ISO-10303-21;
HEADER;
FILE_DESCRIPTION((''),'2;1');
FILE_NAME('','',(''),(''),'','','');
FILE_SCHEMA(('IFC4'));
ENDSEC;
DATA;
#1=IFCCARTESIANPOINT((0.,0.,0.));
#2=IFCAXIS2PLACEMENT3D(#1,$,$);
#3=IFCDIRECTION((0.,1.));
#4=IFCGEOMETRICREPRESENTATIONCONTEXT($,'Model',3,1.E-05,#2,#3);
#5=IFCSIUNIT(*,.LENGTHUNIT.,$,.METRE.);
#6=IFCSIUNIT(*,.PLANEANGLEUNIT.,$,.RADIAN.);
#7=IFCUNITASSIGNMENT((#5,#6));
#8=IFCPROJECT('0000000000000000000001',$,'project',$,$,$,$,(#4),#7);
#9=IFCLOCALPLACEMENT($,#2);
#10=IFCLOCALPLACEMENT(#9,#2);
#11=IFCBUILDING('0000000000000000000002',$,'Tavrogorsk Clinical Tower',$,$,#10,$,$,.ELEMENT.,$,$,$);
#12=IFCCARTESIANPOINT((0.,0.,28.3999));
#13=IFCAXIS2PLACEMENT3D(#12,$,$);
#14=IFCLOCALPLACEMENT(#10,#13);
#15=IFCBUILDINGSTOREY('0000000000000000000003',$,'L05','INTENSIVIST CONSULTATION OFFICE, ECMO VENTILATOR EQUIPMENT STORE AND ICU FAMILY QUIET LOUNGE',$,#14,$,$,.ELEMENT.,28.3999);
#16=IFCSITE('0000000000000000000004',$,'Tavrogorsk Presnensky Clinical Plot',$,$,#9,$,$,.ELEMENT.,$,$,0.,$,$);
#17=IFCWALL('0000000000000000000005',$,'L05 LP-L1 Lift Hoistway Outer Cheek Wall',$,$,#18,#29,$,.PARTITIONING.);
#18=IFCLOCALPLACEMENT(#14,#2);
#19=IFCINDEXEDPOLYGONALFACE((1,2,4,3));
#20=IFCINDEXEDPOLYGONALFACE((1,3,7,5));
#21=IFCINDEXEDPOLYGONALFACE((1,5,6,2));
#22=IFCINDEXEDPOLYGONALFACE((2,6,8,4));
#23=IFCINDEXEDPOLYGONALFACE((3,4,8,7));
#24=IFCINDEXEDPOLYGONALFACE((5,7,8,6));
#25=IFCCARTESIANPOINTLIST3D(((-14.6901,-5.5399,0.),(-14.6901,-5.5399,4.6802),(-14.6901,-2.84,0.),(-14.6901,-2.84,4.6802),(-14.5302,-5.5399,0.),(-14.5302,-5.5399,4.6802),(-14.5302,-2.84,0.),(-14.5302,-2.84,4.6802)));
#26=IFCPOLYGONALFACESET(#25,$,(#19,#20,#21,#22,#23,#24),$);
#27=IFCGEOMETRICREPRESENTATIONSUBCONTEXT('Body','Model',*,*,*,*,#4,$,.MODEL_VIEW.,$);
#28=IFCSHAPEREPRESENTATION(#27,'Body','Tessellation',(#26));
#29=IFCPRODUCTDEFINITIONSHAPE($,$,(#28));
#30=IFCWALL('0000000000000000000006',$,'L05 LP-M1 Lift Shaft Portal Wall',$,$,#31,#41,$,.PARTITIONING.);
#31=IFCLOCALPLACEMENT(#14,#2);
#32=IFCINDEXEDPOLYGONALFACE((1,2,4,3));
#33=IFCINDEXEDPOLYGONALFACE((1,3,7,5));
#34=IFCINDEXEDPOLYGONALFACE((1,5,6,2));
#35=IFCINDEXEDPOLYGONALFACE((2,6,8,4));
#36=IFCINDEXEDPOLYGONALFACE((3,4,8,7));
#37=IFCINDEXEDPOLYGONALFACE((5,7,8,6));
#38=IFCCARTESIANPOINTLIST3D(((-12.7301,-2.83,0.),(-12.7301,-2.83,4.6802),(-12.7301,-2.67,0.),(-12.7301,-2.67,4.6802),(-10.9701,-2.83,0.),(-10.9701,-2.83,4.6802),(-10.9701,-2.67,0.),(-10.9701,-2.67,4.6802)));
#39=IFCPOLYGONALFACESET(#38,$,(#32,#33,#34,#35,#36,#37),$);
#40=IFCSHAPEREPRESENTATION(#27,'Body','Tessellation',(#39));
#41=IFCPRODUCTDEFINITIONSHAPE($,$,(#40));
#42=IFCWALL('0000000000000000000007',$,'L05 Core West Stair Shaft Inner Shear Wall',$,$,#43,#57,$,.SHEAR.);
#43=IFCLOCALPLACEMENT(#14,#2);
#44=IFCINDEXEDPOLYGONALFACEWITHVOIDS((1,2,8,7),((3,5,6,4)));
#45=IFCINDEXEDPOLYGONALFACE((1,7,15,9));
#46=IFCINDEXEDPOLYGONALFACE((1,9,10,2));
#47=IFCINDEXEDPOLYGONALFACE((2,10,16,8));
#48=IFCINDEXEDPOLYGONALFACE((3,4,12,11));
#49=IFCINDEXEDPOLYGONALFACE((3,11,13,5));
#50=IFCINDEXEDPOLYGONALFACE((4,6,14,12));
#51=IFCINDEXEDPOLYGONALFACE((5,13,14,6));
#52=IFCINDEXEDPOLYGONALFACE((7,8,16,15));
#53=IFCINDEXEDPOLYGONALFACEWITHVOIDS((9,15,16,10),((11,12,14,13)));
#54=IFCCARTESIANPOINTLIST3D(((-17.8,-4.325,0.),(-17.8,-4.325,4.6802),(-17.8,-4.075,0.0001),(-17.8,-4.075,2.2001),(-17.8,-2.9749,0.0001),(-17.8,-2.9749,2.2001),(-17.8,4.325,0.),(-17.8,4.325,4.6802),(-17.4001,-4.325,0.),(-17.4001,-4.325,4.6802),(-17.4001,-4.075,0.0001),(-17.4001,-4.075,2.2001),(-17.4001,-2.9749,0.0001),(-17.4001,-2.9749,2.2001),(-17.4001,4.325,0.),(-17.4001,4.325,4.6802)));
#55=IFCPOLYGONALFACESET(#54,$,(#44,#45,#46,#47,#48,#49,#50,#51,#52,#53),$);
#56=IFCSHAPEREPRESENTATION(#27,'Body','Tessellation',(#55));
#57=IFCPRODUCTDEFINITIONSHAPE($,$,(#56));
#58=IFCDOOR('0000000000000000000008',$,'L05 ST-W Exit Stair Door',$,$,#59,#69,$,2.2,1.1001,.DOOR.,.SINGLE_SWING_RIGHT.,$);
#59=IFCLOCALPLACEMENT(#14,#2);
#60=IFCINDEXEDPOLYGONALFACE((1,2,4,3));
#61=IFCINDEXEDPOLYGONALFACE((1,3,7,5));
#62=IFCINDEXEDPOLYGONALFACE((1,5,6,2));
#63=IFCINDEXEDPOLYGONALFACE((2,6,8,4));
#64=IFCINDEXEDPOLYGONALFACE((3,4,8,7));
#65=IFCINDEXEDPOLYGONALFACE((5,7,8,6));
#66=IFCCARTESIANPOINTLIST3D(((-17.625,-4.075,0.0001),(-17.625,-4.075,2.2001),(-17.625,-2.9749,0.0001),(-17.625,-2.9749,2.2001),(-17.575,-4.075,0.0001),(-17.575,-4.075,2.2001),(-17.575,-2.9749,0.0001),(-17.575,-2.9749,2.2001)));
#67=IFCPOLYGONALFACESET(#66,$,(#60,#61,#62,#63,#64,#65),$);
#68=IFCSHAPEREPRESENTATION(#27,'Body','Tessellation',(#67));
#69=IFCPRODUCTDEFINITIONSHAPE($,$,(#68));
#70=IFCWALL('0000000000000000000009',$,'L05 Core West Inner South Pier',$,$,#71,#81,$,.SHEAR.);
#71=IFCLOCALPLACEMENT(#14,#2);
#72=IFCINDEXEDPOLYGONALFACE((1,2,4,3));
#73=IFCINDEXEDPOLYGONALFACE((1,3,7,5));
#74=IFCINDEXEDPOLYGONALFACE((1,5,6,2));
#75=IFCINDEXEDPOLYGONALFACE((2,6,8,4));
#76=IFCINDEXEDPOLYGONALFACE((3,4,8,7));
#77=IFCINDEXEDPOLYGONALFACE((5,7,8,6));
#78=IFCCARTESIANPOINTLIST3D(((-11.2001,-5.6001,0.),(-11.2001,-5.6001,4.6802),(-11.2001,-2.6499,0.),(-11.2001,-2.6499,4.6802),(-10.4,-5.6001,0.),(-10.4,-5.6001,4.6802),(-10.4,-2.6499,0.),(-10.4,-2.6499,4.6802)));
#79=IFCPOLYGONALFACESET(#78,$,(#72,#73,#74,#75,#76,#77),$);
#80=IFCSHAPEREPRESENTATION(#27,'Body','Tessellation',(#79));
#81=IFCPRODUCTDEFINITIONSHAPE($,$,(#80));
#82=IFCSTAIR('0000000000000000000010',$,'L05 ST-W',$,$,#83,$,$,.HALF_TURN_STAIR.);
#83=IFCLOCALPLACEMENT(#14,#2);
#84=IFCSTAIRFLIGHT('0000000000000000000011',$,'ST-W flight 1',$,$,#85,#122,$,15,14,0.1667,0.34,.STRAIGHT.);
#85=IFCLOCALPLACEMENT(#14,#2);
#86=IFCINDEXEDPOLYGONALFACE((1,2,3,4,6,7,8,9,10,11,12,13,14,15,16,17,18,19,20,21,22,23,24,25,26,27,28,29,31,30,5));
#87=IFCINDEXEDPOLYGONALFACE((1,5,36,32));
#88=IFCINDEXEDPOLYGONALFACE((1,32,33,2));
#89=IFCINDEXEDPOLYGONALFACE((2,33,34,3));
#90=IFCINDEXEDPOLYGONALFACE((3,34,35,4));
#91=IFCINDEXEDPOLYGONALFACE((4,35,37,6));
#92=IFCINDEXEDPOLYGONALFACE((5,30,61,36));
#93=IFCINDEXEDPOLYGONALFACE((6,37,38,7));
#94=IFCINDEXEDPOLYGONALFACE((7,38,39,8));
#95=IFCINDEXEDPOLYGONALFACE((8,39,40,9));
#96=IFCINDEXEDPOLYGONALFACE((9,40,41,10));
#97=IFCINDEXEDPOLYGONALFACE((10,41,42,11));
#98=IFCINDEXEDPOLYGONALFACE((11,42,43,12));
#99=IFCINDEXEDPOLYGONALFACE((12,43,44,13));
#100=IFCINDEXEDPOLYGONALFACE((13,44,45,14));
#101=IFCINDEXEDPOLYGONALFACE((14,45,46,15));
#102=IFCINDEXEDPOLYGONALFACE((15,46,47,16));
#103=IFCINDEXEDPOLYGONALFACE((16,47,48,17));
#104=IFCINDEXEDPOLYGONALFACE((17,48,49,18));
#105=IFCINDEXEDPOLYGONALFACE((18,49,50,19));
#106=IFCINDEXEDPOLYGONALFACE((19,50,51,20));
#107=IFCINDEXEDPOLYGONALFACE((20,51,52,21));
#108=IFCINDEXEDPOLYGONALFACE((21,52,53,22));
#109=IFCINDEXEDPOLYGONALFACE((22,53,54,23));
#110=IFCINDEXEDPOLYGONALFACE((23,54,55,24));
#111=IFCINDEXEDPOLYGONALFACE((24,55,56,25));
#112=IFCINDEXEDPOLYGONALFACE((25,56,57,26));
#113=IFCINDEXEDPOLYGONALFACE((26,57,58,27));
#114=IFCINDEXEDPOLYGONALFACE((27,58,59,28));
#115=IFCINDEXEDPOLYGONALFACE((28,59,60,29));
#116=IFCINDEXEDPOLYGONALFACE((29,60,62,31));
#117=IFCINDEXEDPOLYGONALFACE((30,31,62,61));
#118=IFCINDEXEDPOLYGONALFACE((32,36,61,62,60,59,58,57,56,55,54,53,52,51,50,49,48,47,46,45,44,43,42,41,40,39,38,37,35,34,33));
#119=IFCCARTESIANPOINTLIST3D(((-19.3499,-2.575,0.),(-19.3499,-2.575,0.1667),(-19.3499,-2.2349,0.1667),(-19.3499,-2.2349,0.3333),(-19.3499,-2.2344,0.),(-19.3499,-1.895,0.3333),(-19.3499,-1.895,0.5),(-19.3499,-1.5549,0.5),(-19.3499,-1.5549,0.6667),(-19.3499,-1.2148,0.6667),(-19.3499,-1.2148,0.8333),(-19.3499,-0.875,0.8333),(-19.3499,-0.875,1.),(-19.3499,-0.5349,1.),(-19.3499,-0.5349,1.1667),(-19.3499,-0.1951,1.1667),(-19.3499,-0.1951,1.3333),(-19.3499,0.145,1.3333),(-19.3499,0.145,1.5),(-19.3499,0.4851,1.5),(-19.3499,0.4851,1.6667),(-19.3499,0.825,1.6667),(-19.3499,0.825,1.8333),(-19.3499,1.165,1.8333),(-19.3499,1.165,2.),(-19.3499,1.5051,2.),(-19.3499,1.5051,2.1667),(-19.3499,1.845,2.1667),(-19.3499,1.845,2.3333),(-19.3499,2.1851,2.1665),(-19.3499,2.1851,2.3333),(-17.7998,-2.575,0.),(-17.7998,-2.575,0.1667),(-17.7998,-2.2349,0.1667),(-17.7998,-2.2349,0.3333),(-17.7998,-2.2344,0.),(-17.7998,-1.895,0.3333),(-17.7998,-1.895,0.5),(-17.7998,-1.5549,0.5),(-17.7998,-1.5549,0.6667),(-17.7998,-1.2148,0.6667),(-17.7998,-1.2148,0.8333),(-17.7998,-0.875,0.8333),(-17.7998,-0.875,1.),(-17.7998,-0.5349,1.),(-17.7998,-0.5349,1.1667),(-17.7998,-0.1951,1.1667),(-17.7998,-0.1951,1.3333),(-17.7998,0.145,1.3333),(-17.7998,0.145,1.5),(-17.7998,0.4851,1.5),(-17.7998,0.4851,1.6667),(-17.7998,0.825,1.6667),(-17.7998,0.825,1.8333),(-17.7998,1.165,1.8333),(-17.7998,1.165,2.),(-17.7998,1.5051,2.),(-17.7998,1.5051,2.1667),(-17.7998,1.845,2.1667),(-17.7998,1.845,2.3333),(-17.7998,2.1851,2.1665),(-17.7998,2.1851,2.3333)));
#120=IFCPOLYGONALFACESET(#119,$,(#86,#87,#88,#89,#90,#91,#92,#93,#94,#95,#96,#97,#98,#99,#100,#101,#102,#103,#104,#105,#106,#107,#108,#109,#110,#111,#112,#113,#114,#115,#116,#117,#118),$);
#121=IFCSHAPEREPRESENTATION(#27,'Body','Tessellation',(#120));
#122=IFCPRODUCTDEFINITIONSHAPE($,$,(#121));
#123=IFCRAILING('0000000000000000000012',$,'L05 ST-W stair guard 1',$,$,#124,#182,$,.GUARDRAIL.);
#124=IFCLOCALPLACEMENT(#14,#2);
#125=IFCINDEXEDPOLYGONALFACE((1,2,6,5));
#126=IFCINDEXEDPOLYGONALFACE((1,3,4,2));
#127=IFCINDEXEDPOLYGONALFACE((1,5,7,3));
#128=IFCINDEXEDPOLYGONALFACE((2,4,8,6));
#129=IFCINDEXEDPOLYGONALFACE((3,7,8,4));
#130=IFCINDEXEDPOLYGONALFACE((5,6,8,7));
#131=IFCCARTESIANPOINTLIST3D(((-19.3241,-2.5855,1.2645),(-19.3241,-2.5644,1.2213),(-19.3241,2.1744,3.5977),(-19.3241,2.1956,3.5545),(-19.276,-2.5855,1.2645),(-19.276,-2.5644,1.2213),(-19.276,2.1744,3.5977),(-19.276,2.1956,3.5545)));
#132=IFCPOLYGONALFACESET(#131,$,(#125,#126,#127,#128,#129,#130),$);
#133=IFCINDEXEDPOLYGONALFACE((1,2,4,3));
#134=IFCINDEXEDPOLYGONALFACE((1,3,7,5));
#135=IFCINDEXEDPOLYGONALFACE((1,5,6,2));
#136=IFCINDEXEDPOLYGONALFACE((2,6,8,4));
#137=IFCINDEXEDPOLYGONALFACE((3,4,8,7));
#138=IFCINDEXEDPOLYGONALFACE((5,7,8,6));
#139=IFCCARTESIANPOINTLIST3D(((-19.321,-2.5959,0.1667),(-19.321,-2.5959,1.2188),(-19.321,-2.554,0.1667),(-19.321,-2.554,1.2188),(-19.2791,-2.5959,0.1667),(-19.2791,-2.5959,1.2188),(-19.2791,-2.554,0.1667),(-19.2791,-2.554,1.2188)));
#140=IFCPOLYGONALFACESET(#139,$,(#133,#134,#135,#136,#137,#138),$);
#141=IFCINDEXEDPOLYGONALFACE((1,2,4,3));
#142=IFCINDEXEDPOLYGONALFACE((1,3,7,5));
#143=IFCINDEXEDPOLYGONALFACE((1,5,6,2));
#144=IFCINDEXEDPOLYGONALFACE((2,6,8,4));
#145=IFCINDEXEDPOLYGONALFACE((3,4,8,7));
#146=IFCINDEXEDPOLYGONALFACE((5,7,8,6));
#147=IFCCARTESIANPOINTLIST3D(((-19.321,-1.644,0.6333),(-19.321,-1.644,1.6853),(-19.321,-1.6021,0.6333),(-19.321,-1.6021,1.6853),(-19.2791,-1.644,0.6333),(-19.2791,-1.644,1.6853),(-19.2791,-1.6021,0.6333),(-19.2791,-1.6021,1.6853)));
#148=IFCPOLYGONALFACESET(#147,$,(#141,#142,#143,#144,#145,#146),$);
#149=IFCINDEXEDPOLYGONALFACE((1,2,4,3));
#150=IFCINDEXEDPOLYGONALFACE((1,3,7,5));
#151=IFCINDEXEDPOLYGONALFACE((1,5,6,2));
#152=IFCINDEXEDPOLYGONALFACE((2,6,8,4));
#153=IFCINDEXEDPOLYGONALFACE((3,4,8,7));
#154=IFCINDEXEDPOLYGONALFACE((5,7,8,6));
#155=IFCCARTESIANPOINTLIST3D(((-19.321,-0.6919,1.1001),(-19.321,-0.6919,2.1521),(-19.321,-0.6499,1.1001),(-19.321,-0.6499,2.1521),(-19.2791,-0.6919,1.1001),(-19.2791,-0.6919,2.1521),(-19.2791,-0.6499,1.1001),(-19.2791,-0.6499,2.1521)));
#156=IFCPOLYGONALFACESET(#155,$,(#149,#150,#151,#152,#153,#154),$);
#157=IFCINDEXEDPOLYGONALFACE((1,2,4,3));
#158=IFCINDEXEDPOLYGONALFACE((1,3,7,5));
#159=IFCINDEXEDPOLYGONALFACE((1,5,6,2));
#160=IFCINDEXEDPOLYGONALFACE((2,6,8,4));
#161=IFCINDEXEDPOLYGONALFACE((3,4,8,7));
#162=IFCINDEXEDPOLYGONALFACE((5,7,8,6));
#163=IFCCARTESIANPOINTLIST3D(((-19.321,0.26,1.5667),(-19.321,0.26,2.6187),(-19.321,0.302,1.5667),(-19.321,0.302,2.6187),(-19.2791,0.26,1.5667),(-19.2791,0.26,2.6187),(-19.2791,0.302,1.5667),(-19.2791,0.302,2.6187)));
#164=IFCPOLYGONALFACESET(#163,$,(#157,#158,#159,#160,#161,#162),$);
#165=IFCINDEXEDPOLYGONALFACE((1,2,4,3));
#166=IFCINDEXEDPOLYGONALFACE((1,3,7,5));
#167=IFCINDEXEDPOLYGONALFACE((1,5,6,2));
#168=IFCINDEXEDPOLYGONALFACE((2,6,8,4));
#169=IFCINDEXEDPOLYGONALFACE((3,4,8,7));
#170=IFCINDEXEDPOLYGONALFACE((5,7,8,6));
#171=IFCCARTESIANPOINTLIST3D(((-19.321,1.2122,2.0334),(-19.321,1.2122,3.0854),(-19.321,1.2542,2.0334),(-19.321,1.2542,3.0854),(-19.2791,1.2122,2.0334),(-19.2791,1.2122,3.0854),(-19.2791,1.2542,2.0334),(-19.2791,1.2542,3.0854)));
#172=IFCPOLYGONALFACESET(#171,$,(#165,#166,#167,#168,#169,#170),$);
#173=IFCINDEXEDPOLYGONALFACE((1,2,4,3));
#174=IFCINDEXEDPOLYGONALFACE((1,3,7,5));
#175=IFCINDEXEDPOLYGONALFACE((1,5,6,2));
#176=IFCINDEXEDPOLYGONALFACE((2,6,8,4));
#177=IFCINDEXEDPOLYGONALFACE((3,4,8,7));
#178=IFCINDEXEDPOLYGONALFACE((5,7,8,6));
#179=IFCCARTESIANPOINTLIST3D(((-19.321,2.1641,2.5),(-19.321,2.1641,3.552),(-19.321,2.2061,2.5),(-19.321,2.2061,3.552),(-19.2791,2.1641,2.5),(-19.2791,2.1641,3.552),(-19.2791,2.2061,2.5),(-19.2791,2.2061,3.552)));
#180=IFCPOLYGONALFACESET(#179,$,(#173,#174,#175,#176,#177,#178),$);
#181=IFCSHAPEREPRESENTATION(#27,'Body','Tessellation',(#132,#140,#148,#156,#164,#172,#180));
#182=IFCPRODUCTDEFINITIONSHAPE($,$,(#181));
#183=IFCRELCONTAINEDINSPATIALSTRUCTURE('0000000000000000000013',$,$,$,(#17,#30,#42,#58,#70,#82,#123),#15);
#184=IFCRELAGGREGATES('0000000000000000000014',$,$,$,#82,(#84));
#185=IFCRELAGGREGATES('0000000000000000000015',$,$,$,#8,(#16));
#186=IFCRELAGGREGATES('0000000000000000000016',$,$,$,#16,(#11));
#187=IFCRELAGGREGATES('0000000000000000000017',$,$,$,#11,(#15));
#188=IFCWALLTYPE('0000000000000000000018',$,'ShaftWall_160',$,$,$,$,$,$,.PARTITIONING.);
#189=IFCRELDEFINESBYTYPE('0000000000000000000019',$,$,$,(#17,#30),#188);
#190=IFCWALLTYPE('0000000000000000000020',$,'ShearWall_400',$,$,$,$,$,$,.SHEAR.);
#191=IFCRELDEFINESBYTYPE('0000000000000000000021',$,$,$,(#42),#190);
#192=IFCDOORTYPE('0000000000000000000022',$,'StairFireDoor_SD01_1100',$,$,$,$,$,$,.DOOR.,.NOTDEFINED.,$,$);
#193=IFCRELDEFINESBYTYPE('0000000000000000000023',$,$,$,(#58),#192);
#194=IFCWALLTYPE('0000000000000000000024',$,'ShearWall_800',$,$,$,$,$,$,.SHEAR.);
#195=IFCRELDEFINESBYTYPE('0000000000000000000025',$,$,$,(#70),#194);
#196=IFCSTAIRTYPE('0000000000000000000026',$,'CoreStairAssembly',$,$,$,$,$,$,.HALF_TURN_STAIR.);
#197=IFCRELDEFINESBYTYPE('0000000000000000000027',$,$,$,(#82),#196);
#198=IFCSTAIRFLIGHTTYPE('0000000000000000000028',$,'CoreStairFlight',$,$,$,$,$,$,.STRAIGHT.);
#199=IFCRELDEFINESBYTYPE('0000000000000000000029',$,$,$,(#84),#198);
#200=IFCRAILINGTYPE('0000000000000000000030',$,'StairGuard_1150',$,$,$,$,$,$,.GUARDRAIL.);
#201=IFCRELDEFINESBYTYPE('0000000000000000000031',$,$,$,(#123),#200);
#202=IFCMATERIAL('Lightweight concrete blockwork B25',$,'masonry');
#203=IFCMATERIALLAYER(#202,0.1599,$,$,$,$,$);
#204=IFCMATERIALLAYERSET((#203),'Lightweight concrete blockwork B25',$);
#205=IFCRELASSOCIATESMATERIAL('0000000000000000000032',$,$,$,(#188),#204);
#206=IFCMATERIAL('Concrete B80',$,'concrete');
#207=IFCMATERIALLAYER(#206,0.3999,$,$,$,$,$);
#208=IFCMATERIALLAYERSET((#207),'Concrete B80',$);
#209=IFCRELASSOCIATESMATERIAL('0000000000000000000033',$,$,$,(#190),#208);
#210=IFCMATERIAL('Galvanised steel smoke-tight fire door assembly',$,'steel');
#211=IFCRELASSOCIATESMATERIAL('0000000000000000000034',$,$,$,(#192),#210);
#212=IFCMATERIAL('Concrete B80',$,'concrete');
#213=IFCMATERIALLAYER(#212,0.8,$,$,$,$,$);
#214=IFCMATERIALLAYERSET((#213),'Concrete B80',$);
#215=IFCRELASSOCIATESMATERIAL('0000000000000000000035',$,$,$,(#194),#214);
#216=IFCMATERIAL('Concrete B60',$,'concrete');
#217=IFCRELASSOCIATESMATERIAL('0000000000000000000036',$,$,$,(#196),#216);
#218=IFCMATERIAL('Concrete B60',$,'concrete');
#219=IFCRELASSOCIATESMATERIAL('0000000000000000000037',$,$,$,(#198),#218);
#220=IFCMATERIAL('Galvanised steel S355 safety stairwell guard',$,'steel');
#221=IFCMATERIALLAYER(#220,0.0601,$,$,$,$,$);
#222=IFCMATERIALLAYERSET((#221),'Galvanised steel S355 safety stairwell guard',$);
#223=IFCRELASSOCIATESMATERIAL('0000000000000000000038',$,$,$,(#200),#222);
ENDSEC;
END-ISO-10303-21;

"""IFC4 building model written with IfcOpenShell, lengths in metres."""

from ifc_helpers import new_model, si_unit, direction, frame, frame_2d, origin, origin_2d, place, context, subcontext, project, spatial, polyline, rectangle, outline, extrude, material, layer, layer_set, type_object, element, fill, aggregate, save


model = new_model("IFC4")

# Units and contexts
model_context = context("Model", 3, precision=1e-05, world=origin(), true_north=direction((0.0, 1.0)))
body_context = subcontext(model_context, "Body", "Model", "MODEL_VIEW")
ifc_project = project(units=[si_unit("LENGTHUNIT", "METRE"), si_unit("PLANEANGLEUNIT", "RADIAN")], contexts=[model_context])

# Site, building, storey
site_placement = place(None, origin())
site = spatial("IfcSite", under=ifc_project, at=site_placement, Name="Tavrogorsk Presnensky Clinical Plot", CompositionType="ELEMENT", RefElevation=0.0)
building_placement = place(site_placement, origin())
building = spatial("IfcBuilding", under=site, at=building_placement, Name="Tavrogorsk Clinical Tower", CompositionType="ELEMENT")
storey_placement = place(building_placement, frame((0.0, 0.0, 28.3999)))
storey = spatial("IfcBuildingStorey", under=building, at=storey_placement, Name="L05", Description="INTENSIVIST CONSULTATION OFFICE, ECMO VENTILATOR EQUIPMENT STORE AND ICU FAMILY QUIET LOUNGE", CompositionType="ELEMENT", Elevation=28.3999)

# Shared definitions
ifc_material_1 = material(Name="Lightweight concrete blockwork B25", Category="masonry")
ifc_layer_1 = layer(ifc_material_1, 0.1599)
ifc_layer_set_1 = layer_set([ifc_layer_1], Name="Lightweight concrete blockwork B25")
wall_type_1 = type_object("IfcWallType", Name="ShaftWall_160", PredefinedType="PARTITIONING", material=ifc_layer_set_1)

# Walls
for number, where, z_axis, x_axis, name in (
    (1, (-14.6101, -5.54, 0.0), (0.0, 0.0, 1.0), (0.0, 1.0, 0.0), "L05 LP-L1 Lift Hoistway Outer Cheek Wall"),
):
    element("IfcWall", number, at=place(storey_placement, frame(where, z_axis=z_axis, x_axis=x_axis)), inside=storey, type_object=wall_type_1, Name=name, PredefinedType="PARTITIONING", context=body_context, shape_type="SweptSolid", body=[
        extrude(rectangle(XDim=2.7, YDim=0.1599, at=frame_2d((1.3501, 0.0))), origin(), (0.0, 0.0, 1.0), 4.6802),
    ])
wall_1_placement = place(storey_placement, frame((-12.73, -2.75, 0.0), z_axis=(0.0, 0.0, 1.0), x_axis=(1.0, 0.0, 0.0)))
element("IfcWall", 2, at=wall_1_placement, inside=storey, type_object=wall_type_1, Name="L05 LP-M1 Lift Shaft Portal Wall", PredefinedType="PARTITIONING", context=body_context, shape_type="SweptSolid", body=[
    extrude(rectangle(XDim=1.76, YDim=0.1599, at=frame_2d((0.8799, 0.0))), origin(), (0.0, 0.0, 1.0), 4.6802),
])

# Wall, opening, door
ifc_material_2 = material(Name="Concrete B80", Category="concrete")
ifc_layer_2 = layer(ifc_material_2, 0.3999)
ifc_layer_set_2 = layer_set([ifc_layer_2], Name="Concrete B80")
wall_type_2 = type_object("IfcWallType", Name="ShearWall_400", PredefinedType="SHEAR", material=ifc_layer_set_2)
wall_2_placement = place(storey_placement, frame((-17.6001, -4.325, 0.0), z_axis=(0.0, 0.0, 1.0), x_axis=(0.0, 1.0, 0.0)))
wall_2 = element("IfcWall", 3, at=wall_2_placement, inside=storey, type_object=wall_type_2, Name="L05 Core West Stair Shaft Inner Shear Wall", PredefinedType="SHEAR", context=body_context, shape_type="SweptSolid", body=[
    extrude(rectangle(XDim=8.6499, YDim=0.3999, at=frame_2d((4.325, 0.0))), origin(), (0.0, 0.0, 1.0), 4.6802),
])
opening_1_placement = place(wall_2_placement, frame((0.25, 0.0, 0.0)))
opening_1 = element("IfcOpeningElement", 4, at=opening_1_placement, cuts=wall_2, PredefinedType="OPENING", context=body_context, shape_type="SweptSolid", body=[
    extrude(rectangle(XDim=1.1001, YDim=2.2, at=frame_2d((0.55, 1.1001))), frame((0.0, 0.21, 0.0), z_axis=(0.0, -1.0, 0.0), x_axis=(1.0, 0.0, 0.0)), (0.0, 0.0, 1.0), 0.4199),
])
ifc_material_3 = material(Name="Galvanised steel smoke-tight fire door assembly", Category="steel")
door_type_1 = type_object("IfcDoorType", Name="StairFireDoor_SD01_1100", OperationType="NOTDEFINED", PredefinedType="DOOR", material=ifc_material_3)
door_1_placement = place(opening_1_placement, origin())
door_1 = element("IfcDoor", 5, at=door_1_placement, inside=storey, type_object=door_type_1, Name="L05 ST-W Exit Stair Door", OperationType="SINGLE_SWING_RIGHT", OverallHeight=2.2, OverallWidth=1.1001, PredefinedType="DOOR", context=body_context, shape_type="SweptSolid", body=[
    extrude(rectangle(XDim=1.1001, YDim=2.2, at=frame_2d((0.55, 1.1001))), frame((0.0, 0.0249, 0.0), z_axis=(0.0, -1.0, 0.0), x_axis=(1.0, 0.0, 0.0)), (0.0, 0.0, 1.0), 0.05),
])
fill(opening_1, door_1)

# Wall
ifc_material_4 = material(Name="Concrete B80", Category="concrete")
ifc_layer_3 = layer(ifc_material_4, 0.8)
ifc_layer_set_3 = layer_set([ifc_layer_3], Name="Concrete B80")
wall_type_3 = type_object("IfcWallType", Name="ShearWall_800", PredefinedType="SHEAR", material=ifc_layer_set_3)
wall_3_placement = place(storey_placement, frame((-10.8, -5.6001, 0.0), z_axis=(0.0, 0.0, 1.0), x_axis=(0.0, 1.0, 0.0)))
element("IfcWall", 6, at=wall_3_placement, inside=storey, type_object=wall_type_3, Name="L05 Core West Inner South Pier", PredefinedType="SHEAR", context=body_context, shape_type="SweptSolid", body=[
    extrude(rectangle(XDim=2.9502, YDim=0.8, at=frame_2d((1.4751, 0.0))), origin(), (0.0, 0.0, 1.0), 4.6802),
])

# Stair, stair flight
ifc_material_5 = material(Name="Concrete B60", Category="concrete")
stair_type = type_object("IfcStairType", Name="CoreStairAssembly", PredefinedType="HALF_TURN_STAIR", material=ifc_material_5)
stair_placement = place(storey_placement, origin())
stair = element("IfcStair", 7, at=stair_placement, inside=storey, type_object=stair_type, Name="L05 ST-W", PredefinedType="HALF_TURN_STAIR")
ifc_material_6 = material(Name="Concrete B60", Category="concrete")
stair_flight_type = type_object("IfcStairFlightType", Name="CoreStairFlight", PredefinedType="STRAIGHT", material=ifc_material_6)
stair_flight_placement = place(storey_placement, frame((-18.575, -2.575, 0.0), z_axis=(0.0, 0.0, 1.0), x_axis=(0.0, 1.0, 0.0)))
stair_flight = element("IfcStairFlight", 8, at=stair_flight_placement, type_object=stair_flight_type, Name="ST-W flight 1", NumberOfRisers=15, NumberOfTreads=14, PredefinedType="STRAIGHT", RiserHeight=0.1667, TreadLength=0.34, context=body_context, shape_type="SweptSolid", body=[
    extrude(outline(polyline([(0.0, 0.0), (0.0, 0.1667), (0.3401, 0.1667), (0.3401, 0.3333), (0.6799, 0.3333), (0.6799, 0.5), (1.02, 0.5), (1.02, 0.6667), (1.3601, 0.6667), (1.3601, 0.8333), (1.7, 0.8333), (1.7, 1.0), (2.04, 1.0), (2.04, 1.1667), (2.3799, 1.1667), (2.3799, 1.3333), (2.72, 1.3333), (2.72, 1.5), (3.0601, 1.5), (3.0601, 1.6667), (3.3999, 1.6667), (3.3999, 1.8333), (3.74, 1.8333), (3.74, 2.0), (4.0801, 2.0), (4.0801, 2.1667), (4.4199, 2.1667), (4.4199, 2.3333), (4.76, 2.3333), (4.76, 2.5), (4.76, 2.1665), (0.3406, 0.0), (0.0, 0.0)])), frame((0.0, 0.7749, 0.0), z_axis=(0.0, -1.0, 0.0), x_axis=(1.0, 0.0, 0.0)), (0.0, 0.0, 1.0), 1.55),
])
aggregate(stair, [stair_flight])

# Railing
ifc_material_7 = material(Name="Galvanised steel S355 safety stairwell guard", Category="steel")
ifc_layer_4 = layer(ifc_material_7, 0.0601)
ifc_layer_set_4 = layer_set([ifc_layer_4], Name="Galvanised steel S355 safety stairwell guard")
railing_type = type_object("IfcRailingType", Name="StairGuard_1150", PredefinedType="GUARDRAIL", material=ifc_layer_set_4)
railing_placement = place(storey_placement, frame((-19.3, -2.575, 0.1667)))
element("IfcRailing", 9, at=railing_placement, inside=storey, type_object=railing_type, Name="L05 ST-W stair guard 1", PredefinedType="GUARDRAIL", context=body_context, shape_type="SweptSolid", body=[
    extrude(rectangle(XDim=0.0481, YDim=0.0481, at=origin_2d()), frame((0.0, 0.0, 1.0762), z_axis=(0.0, 0.897927, 0.440144), x_axis=(-1.0, 0.0, 0.0)), (0.0, 0.0, 1.0), 5.301),
    extrude(rectangle(XDim=0.042, YDim=0.042, at=origin_2d()), origin(), (0.0, 0.0, 1.0), 1.052),
    extrude(rectangle(XDim=0.042, YDim=0.042, at=origin_2d()), frame((0.0, 0.9519, 0.4666)), (0.0, 0.0, 1.0), 1.052),
    extrude(rectangle(XDim=0.042, YDim=0.042, at=origin_2d()), frame((0.0, 1.9041, 0.9333)), (0.0, 0.0, 1.0), 1.052),
    extrude(rectangle(XDim=0.042, YDim=0.042, at=origin_2d()), frame((0.0, 2.856, 1.3999)), (0.0, 0.0, 1.0), 1.052),
    extrude(rectangle(XDim=0.042, YDim=0.042, at=origin_2d()), frame((0.0, 3.8081, 1.8667)), (0.0, 0.0, 1.0), 1.052),
    extrude(rectangle(XDim=0.042, YDim=0.042, at=origin_2d()), frame((0.0, 4.76, 2.3333)), (0.0, 0.0, 1.0), 1.052),
])

save(model, "model.ifc")
